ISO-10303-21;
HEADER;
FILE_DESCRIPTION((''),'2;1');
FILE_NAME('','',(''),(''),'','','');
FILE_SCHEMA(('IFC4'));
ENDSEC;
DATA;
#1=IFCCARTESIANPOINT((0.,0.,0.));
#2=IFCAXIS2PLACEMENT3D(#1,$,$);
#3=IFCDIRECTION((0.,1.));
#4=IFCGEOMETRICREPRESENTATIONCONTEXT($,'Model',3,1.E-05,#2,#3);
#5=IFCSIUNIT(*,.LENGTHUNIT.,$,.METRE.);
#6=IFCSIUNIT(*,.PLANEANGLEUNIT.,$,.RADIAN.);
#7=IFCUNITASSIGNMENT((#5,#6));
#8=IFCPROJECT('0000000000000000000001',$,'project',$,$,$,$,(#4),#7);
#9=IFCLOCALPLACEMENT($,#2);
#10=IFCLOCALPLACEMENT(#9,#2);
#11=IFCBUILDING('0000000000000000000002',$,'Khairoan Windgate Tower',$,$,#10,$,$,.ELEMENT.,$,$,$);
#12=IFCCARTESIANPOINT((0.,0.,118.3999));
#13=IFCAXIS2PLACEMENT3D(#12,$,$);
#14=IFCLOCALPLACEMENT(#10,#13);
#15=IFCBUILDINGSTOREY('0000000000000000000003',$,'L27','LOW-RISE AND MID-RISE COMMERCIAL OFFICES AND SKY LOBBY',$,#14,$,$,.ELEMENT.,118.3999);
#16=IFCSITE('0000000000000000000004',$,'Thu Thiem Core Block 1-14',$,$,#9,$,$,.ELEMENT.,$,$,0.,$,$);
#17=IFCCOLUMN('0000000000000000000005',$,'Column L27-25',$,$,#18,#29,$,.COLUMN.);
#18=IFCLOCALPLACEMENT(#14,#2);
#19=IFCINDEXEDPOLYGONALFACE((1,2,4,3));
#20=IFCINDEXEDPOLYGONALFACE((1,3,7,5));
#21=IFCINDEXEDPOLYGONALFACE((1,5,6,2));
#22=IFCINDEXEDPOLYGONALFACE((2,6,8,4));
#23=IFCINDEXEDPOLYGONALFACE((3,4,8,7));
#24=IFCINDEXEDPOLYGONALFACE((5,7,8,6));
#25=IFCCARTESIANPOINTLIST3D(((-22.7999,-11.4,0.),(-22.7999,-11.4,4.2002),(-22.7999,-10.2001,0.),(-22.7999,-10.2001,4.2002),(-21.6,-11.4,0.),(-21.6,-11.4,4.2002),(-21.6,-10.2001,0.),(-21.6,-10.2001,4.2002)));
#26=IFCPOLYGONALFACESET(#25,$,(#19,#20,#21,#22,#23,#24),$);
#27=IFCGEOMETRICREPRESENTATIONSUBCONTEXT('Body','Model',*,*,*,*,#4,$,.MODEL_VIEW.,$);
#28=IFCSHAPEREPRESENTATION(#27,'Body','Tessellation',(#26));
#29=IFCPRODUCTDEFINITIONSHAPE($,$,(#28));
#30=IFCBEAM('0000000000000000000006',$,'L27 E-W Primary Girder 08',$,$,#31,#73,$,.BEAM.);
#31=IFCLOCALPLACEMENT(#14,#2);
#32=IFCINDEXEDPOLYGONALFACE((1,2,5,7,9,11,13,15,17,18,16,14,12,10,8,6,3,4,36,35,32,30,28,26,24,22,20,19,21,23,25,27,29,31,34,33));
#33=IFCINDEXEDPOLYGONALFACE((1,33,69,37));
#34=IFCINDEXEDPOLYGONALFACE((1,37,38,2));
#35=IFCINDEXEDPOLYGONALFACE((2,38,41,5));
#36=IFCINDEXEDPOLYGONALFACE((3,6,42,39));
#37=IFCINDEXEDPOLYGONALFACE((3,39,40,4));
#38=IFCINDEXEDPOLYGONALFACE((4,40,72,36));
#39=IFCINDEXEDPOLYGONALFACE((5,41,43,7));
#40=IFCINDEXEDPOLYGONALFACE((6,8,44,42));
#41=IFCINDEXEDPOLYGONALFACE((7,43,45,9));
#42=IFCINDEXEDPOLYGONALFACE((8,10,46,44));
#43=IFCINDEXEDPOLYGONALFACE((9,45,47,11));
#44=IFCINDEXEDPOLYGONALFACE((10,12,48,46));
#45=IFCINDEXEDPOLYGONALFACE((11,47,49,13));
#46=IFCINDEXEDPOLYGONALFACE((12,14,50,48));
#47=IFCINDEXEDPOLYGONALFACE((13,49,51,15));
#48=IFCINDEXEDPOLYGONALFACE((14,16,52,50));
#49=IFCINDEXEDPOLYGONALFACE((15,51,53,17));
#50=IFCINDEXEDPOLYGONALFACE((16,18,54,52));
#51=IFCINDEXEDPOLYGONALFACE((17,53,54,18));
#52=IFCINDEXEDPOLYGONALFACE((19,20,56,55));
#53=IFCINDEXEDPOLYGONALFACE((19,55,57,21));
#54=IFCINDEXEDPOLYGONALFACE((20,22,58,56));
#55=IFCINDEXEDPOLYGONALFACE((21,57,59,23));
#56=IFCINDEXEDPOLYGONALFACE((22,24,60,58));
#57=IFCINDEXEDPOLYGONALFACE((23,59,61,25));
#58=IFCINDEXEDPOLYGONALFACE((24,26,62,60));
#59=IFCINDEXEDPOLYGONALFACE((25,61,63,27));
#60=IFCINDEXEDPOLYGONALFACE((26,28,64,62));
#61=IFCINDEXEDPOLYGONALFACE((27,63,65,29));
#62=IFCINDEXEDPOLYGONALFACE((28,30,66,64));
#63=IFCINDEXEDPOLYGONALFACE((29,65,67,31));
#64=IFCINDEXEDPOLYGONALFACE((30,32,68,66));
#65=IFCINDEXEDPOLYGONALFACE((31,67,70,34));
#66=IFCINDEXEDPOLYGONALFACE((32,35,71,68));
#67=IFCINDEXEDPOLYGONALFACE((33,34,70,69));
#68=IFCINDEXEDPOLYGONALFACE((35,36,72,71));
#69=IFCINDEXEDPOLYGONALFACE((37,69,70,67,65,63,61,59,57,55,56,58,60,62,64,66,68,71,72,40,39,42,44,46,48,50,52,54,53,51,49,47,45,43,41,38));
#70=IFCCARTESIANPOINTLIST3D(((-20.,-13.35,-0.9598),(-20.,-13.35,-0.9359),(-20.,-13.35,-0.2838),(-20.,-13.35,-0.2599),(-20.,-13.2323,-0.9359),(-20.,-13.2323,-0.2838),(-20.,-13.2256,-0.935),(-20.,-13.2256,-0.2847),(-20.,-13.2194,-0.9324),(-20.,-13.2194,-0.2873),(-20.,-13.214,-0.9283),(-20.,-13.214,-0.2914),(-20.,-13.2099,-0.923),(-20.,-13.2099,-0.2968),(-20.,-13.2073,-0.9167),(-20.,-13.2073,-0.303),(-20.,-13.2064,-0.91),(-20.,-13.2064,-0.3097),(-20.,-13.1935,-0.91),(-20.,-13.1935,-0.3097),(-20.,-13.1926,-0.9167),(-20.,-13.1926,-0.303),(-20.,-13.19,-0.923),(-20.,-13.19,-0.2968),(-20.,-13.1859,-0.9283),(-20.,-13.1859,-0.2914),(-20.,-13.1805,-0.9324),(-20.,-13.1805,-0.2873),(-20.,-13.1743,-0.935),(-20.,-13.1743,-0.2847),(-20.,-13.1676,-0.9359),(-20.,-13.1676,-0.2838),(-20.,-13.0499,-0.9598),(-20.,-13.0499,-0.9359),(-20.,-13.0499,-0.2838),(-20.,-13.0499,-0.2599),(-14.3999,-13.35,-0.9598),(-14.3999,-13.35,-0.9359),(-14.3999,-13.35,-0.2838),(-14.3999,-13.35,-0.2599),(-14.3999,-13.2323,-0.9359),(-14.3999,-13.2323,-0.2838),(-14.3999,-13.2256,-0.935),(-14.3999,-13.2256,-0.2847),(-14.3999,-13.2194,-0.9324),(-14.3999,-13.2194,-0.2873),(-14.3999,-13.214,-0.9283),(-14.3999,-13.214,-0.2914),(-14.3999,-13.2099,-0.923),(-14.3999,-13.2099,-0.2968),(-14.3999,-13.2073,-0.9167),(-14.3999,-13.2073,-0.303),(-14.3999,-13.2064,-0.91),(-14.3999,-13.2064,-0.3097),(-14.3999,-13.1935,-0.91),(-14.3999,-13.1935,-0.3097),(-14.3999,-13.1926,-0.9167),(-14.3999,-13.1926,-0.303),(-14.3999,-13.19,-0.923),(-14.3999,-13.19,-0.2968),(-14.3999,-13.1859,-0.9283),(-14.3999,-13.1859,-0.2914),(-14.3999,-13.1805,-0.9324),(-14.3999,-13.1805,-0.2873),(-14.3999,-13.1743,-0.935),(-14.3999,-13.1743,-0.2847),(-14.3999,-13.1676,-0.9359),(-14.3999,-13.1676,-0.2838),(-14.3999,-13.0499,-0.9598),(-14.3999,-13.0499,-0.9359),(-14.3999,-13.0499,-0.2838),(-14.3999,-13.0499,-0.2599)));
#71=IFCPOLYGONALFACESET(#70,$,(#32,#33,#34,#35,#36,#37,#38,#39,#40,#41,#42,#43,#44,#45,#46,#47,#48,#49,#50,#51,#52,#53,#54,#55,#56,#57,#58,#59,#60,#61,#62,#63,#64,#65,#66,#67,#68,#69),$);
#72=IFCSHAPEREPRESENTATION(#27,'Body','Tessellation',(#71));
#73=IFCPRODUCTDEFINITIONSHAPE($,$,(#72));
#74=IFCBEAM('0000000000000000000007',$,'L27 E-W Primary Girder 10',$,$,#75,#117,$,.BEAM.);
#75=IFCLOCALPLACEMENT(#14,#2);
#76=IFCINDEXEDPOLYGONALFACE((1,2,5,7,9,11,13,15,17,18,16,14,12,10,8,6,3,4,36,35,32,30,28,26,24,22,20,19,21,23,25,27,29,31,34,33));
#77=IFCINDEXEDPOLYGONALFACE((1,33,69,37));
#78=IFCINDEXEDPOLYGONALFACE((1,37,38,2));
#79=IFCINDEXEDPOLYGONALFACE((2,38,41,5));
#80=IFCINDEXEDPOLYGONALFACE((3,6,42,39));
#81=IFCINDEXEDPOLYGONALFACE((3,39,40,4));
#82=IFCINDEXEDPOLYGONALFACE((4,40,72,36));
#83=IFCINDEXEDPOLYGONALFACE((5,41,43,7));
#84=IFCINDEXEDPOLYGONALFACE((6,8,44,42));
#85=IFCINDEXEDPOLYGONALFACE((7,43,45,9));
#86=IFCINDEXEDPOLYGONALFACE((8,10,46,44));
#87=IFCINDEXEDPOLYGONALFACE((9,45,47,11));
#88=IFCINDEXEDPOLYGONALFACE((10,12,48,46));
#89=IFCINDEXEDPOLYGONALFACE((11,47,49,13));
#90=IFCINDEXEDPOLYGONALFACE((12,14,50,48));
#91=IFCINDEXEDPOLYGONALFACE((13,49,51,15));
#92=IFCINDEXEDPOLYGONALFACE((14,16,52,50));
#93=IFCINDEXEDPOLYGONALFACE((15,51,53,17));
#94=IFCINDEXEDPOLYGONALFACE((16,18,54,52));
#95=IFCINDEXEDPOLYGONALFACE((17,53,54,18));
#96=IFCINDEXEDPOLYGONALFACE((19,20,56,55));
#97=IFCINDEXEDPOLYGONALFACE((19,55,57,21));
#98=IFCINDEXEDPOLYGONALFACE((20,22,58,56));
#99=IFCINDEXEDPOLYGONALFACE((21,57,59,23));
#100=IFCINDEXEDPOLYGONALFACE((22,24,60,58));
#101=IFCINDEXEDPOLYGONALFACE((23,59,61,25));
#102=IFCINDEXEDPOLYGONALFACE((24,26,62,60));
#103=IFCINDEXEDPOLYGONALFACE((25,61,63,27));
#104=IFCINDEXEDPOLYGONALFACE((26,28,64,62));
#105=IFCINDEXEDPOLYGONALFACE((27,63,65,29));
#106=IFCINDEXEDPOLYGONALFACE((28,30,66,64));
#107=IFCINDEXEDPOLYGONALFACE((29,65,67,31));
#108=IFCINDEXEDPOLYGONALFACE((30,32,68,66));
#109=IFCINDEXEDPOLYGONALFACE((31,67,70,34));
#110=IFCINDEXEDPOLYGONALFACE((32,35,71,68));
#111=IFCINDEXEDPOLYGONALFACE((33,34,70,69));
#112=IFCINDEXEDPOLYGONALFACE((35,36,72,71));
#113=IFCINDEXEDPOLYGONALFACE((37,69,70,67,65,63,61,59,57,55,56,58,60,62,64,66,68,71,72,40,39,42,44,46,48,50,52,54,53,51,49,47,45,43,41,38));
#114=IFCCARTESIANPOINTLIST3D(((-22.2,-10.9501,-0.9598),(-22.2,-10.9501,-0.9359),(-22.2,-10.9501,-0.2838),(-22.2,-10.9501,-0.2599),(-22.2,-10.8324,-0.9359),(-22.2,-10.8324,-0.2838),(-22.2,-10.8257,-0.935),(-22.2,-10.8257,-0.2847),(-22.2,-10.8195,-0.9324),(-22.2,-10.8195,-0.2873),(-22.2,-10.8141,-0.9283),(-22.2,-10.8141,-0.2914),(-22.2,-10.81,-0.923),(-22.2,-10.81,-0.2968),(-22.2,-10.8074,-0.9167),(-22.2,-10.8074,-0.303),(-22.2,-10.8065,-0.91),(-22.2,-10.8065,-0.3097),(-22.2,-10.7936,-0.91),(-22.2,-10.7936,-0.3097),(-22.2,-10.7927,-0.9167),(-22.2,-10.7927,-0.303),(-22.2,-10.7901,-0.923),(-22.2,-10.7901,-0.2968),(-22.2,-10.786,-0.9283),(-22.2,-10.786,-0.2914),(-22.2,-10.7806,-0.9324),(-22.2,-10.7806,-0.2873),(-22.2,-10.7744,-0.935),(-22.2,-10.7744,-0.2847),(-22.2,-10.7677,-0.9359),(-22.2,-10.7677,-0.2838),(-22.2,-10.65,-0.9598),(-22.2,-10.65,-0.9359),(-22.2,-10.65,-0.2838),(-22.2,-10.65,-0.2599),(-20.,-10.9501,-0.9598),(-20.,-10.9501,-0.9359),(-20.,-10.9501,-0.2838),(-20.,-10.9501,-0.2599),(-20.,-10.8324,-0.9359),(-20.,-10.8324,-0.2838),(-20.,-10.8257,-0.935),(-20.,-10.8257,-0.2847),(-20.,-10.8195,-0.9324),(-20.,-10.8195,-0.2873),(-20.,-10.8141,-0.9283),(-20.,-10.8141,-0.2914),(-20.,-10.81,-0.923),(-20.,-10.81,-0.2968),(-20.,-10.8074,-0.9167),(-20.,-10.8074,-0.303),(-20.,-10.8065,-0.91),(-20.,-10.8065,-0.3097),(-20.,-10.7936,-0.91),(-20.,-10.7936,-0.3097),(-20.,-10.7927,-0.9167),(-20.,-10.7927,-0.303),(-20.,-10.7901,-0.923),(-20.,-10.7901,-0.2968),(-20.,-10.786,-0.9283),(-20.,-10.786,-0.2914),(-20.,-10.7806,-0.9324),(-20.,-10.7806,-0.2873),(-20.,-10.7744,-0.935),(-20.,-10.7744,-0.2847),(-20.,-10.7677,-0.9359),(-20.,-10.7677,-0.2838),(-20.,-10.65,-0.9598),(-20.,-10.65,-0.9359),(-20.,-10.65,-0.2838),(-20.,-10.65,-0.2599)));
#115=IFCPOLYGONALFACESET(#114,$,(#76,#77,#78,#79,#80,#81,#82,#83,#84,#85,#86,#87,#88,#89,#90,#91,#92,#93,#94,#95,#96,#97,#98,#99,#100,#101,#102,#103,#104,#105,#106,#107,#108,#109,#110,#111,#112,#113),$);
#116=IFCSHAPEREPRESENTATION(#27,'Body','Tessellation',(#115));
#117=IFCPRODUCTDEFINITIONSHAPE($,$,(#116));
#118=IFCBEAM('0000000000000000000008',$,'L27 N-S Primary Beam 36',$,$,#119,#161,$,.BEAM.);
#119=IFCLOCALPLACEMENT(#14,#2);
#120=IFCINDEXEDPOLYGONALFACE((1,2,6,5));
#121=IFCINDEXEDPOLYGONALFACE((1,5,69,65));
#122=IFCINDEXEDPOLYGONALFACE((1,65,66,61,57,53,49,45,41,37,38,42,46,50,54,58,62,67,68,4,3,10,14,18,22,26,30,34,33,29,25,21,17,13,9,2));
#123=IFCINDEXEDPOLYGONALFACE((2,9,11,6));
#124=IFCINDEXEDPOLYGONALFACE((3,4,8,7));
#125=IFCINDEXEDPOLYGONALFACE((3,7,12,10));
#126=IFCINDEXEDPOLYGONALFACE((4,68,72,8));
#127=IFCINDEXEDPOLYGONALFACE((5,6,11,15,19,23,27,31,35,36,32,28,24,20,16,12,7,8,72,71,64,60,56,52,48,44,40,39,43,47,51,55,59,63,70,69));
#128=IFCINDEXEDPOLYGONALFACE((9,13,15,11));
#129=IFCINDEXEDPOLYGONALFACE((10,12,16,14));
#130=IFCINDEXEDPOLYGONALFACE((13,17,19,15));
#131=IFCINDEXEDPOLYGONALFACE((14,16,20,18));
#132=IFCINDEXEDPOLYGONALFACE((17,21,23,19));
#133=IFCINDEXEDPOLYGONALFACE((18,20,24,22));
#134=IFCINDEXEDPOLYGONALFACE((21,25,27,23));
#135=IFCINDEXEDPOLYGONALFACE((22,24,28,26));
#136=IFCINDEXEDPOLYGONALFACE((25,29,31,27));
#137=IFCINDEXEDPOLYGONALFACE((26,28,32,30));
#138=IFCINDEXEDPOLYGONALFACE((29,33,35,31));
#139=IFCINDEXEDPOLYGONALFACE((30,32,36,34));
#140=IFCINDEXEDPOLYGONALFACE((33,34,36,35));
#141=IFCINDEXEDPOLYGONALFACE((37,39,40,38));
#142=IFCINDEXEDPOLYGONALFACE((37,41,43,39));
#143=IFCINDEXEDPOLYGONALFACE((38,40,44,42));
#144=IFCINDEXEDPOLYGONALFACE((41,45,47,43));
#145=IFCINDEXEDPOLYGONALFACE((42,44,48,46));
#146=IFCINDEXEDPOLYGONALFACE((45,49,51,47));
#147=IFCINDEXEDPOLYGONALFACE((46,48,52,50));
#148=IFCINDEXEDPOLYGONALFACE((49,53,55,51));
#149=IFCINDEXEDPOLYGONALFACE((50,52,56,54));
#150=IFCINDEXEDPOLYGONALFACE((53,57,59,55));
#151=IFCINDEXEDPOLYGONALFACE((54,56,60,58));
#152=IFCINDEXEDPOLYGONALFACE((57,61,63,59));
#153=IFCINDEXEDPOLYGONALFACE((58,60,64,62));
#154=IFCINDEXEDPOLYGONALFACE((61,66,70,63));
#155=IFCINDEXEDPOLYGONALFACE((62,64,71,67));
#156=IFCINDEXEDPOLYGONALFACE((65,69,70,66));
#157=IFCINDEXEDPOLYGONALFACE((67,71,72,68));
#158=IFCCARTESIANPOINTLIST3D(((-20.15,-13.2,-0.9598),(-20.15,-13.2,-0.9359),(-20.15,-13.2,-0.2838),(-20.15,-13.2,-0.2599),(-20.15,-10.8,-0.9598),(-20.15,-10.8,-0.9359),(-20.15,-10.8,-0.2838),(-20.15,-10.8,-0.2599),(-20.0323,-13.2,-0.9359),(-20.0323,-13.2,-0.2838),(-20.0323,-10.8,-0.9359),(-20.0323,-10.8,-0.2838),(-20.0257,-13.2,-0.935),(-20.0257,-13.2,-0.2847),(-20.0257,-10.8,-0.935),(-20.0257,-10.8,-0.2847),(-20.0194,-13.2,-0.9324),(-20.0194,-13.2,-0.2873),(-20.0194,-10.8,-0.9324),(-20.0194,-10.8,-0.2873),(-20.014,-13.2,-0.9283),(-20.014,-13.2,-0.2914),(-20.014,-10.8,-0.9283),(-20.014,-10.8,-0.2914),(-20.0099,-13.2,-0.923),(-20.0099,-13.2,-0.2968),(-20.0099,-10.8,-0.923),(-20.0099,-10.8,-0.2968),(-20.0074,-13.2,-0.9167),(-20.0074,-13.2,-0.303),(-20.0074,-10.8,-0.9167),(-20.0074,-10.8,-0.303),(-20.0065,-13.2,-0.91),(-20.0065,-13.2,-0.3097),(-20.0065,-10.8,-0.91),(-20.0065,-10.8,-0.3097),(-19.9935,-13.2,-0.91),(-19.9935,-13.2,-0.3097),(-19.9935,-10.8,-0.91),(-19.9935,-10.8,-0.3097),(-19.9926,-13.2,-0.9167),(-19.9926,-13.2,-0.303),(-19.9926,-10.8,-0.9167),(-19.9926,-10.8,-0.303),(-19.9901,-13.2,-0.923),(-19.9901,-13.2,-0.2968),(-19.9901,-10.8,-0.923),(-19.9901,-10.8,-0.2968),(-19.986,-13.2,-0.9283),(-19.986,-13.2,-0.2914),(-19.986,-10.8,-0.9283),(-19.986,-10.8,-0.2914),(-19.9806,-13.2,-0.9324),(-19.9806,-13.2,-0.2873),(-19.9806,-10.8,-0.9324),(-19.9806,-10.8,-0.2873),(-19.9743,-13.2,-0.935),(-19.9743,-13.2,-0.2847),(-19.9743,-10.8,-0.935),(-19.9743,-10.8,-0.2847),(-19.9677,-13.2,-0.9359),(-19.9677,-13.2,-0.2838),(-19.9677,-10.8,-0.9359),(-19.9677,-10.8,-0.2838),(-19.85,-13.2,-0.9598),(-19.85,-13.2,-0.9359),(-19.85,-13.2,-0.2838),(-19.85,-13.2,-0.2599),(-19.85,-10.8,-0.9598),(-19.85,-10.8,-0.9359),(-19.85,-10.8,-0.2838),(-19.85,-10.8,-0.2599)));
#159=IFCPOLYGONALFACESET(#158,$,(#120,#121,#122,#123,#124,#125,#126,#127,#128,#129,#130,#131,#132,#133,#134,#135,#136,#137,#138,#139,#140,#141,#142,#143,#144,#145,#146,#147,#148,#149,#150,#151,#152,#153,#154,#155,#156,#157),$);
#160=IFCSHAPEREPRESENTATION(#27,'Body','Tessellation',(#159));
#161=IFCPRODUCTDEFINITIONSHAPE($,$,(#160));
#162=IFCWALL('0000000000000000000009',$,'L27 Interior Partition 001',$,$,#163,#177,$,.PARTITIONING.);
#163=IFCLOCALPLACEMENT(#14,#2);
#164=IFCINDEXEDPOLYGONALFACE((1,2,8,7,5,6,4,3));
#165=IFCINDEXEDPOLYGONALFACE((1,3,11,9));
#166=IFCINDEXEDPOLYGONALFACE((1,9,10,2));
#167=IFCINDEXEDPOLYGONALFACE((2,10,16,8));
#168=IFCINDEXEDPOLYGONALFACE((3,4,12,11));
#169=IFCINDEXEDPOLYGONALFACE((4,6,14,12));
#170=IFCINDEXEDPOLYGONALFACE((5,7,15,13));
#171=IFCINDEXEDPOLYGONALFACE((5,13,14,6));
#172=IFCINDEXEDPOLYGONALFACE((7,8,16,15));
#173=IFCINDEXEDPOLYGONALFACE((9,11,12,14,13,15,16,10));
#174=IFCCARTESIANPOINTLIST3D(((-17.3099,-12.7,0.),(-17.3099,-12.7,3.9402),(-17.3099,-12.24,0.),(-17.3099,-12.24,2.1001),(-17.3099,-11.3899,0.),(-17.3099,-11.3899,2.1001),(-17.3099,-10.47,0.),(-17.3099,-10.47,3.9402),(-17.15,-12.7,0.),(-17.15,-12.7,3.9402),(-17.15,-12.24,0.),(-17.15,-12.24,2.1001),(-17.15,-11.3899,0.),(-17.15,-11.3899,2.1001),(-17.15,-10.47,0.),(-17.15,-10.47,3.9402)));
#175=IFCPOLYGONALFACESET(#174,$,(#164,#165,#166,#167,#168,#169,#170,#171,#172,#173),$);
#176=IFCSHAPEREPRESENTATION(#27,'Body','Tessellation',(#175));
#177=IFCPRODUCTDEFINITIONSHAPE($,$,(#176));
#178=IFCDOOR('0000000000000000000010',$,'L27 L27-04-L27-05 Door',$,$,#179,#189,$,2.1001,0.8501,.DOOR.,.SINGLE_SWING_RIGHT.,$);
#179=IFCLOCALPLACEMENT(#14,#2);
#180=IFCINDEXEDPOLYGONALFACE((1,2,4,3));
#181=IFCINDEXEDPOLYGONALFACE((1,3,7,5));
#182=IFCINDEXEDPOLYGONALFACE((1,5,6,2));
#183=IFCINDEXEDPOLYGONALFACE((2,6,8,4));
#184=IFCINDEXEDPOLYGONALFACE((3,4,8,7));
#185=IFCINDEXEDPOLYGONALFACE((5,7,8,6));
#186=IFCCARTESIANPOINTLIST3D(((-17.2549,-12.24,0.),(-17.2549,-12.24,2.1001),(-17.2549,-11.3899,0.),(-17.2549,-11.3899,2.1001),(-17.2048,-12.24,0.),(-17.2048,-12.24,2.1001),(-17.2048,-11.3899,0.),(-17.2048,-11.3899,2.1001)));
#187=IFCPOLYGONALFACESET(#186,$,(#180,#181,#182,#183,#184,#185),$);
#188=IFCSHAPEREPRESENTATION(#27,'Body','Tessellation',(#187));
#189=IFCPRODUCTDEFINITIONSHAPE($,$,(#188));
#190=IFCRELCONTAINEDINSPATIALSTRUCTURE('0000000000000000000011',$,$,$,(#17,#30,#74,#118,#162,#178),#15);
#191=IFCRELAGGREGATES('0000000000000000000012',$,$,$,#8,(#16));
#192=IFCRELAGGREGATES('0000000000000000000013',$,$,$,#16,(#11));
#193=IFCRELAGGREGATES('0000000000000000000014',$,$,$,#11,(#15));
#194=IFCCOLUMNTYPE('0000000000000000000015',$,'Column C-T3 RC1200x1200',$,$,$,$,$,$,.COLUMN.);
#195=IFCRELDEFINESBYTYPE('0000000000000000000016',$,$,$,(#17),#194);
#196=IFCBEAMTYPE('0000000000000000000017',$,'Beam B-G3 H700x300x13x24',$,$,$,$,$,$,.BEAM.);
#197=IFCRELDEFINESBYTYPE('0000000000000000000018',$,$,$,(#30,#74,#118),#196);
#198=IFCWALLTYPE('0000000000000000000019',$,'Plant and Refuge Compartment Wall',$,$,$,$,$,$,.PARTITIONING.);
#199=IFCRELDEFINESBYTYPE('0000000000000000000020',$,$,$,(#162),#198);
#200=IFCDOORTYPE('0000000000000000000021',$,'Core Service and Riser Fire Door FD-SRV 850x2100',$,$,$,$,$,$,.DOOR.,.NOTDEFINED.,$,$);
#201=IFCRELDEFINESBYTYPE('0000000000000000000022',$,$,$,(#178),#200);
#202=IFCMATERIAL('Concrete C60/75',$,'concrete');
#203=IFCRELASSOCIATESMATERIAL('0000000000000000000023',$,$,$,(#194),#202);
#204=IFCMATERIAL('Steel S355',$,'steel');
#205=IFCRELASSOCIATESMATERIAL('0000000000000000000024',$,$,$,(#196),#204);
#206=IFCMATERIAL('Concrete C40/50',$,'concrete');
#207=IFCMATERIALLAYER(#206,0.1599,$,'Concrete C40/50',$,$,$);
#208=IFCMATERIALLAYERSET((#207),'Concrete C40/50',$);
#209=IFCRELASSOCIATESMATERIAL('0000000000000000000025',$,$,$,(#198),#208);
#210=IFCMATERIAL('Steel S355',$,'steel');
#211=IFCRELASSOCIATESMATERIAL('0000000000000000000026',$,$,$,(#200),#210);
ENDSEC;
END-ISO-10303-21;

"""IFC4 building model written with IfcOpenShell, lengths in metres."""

from ifc_helpers import new_model, si_unit, direction, frame, frame_2d, origin, origin_2d, place, context, subcontext, project, spatial, rectangle, i_section, extrude, material, layer, layer_set, material_profile, profile_set, type_object, element, fill, save


model = new_model("IFC4")

# Units and contexts
model_context = context("Model", 3, precision=1e-05, world=origin(), true_north=direction((0.0, 1.0)))
body_context = subcontext(model_context, "Body", "Model", "MODEL_VIEW")
ifc_project = project(units=[si_unit("LENGTHUNIT", "METRE"), si_unit("PLANEANGLEUNIT", "RADIAN")], contexts=[model_context])

# Site, building, storey
site_placement = place(None, origin())
site = spatial("IfcSite", under=ifc_project, at=site_placement, Name="Thu Thiem Core Block 1-14", CompositionType="ELEMENT", RefElevation=0.0)
building_placement = place(site_placement, origin())
building = spatial("IfcBuilding", under=site, at=building_placement, Name="Khairoan Windgate Tower", CompositionType="ELEMENT")
storey_placement = place(building_placement, frame((0.0, 0.0, 118.3999)))
storey = spatial("IfcBuildingStorey", under=building, at=storey_placement, Name="L27", Description="LOW-RISE AND MID-RISE COMMERCIAL OFFICES AND SKY LOBBY", CompositionType="ELEMENT", Elevation=118.3999)

# Column
ifc_material_1 = material(Name="Concrete C60/75", Category="concrete")
ifc_material_profile_1 = material_profile(ifc_material_1, rectangle(XDim=1.2, YDim=1.2, at=origin_2d()))
ifc_profile_set_1 = profile_set([ifc_material_profile_1], Name="Concrete C60/75")
column_type = type_object("IfcColumnType", Name="Column C-T3 RC1200x1200", PredefinedType="COLUMN", material=ifc_profile_set_1)
column_placement = place(storey_placement, frame((-22.2, -10.8, 0.0), z_axis=(0.0, 0.0, 1.0), x_axis=(1.0, 0.0, 0.0)))
element("IfcColumn", 1, at=column_placement, inside=storey, type_object=column_type, Name="Column L27-25", PredefinedType="COLUMN", context=body_context, shape_type="SweptSolid", body=[
    extrude(rectangle(XDim=1.2, YDim=1.2, at=origin_2d()), origin(), (0.0, 0.0, 1.0), 4.2002),
])

# Beams
ifc_material_2 = material(Name="Steel S355", Category="steel")
ifc_material_profile_2 = material_profile(ifc_material_2, i_section(OverallWidth=0.3, OverallDepth=0.7, WebThickness=0.0129, FlangeThickness=0.0239, FilletRadius=0.0259, at=origin_2d()))
ifc_profile_set_2 = profile_set([ifc_material_profile_2], Name="Steel S355")
beam_type = type_object("IfcBeamType", Name="Beam B-G3 H700x300x13x24", PredefinedType="BEAM", material=ifc_profile_set_2)
beam_1_placement = place(storey_placement, frame((-20.0, -13.2, -0.6099), z_axis=(1.0, 0.0, 0.0), x_axis=(0.0, 1.0, 0.0)))
element("IfcBeam", 2, at=beam_1_placement, inside=storey, type_object=beam_type, Name="L27 E-W Primary Girder 08", PredefinedType="BEAM", context=body_context, shape_type="SweptSolid", body=[
    extrude(i_section(OverallWidth=0.3, OverallDepth=0.7, WebThickness=0.0129, FlangeThickness=0.0239, FilletRadius=0.0259, at=origin_2d()), origin(), (0.0, 0.0, 1.0), 5.6001),
])
beam_2_placement = place(storey_placement, frame((-22.2, -10.8, -0.6099), z_axis=(1.0, 0.0, 0.0), x_axis=(0.0, 1.0, 0.0)))
element("IfcBeam", 3, at=beam_2_placement, inside=storey, type_object=beam_type, Name="L27 E-W Primary Girder 10", PredefinedType="BEAM", context=body_context, shape_type="SweptSolid", body=[
    extrude(i_section(OverallWidth=0.3, OverallDepth=0.7, WebThickness=0.0129, FlangeThickness=0.0239, FilletRadius=0.0259, at=origin_2d()), origin(), (0.0, 0.0, 1.0), 2.2),
])
beam_3_placement = place(storey_placement, frame((-20.0, -13.2, -0.6099), z_axis=(0.0, 1.0, 0.0), x_axis=(-1.0, 0.0, 0.0)))
element("IfcBeam", 4, at=beam_3_placement, inside=storey, type_object=beam_type, Name="L27 N-S Primary Beam 36", PredefinedType="BEAM", context=body_context, shape_type="SweptSolid", body=[
    extrude(i_section(OverallWidth=0.3, OverallDepth=0.7, WebThickness=0.0129, FlangeThickness=0.0239, FilletRadius=0.0259, at=origin_2d()), origin(), (0.0, 0.0, 1.0), 2.3999),
])

# Wall, opening, door
ifc_material_3 = material(Name="Concrete C40/50", Category="concrete")
ifc_layer_1 = layer(ifc_material_3, 0.1599, Name="Concrete C40/50")
ifc_layer_set_1 = layer_set([ifc_layer_1], Name="Concrete C40/50")
wall_type_1 = type_object("IfcWallType", Name="Plant and Refuge Compartment Wall", PredefinedType="PARTITIONING", material=ifc_layer_set_1)
wall_1_placement = place(storey_placement, frame((-17.23, -12.7, 0.0), z_axis=(0.0, 0.0, 1.0), x_axis=(0.0, 1.0, 0.0)))
wall_1 = element("IfcWall", 5, at=wall_1_placement, inside=storey, type_object=wall_type_1, Name="L27 Interior Partition 001", PredefinedType="PARTITIONING", context=body_context, shape_type="SweptSolid", body=[
    extrude(rectangle(XDim=2.23, YDim=0.1599, at=frame_2d((1.115, 0.0))), origin(), (0.0, 0.0, 1.0), 3.9402),
])
opening_1_placement = place(wall_1_placement, frame((0.46, 0.0, 0.0)))
opening_1 = element("IfcOpeningElement", 6, at=opening_1_placement, cuts=wall_1, PredefinedType="OPENING", context=body_context, shape_type="SweptSolid", body=[
    extrude(rectangle(XDim=0.8501, YDim=2.1001, at=frame_2d((0.425, 1.05))), frame((0.0, 0.0898, 0.0), z_axis=(0.0, -1.0, 0.0), x_axis=(1.0, 0.0, 0.0)), (0.0, 0.0, 1.0), 0.1799),
])
ifc_material_4 = material(Name="Steel S355", Category="steel")
door_type_1 = type_object("IfcDoorType", Name="Core Service and Riser Fire Door FD-SRV 850x2100", OperationType="NOTDEFINED", PredefinedType="DOOR", material=ifc_material_4)
door_1_placement = place(opening_1_placement, origin())
door_1 = element("IfcDoor", 7, at=door_1_placement, inside=storey, type_object=door_type_1, Name="L27 L27-04-L27-05 Door", OperationType="SINGLE_SWING_RIGHT", OverallHeight=2.1001, OverallWidth=0.8501, PredefinedType="DOOR", context=body_context, shape_type="SweptSolid", body=[
    extrude(rectangle(XDim=0.8501, YDim=2.1001, at=frame_2d((0.425, 1.05))), frame((0.0, 0.0249, 0.0), z_axis=(0.0, -1.0, 0.0), x_axis=(1.0, 0.0, 0.0)), (0.0, 0.0, 1.0), 0.05),
])
fill(opening_1, door_1)

save(model, "model.ifc")
